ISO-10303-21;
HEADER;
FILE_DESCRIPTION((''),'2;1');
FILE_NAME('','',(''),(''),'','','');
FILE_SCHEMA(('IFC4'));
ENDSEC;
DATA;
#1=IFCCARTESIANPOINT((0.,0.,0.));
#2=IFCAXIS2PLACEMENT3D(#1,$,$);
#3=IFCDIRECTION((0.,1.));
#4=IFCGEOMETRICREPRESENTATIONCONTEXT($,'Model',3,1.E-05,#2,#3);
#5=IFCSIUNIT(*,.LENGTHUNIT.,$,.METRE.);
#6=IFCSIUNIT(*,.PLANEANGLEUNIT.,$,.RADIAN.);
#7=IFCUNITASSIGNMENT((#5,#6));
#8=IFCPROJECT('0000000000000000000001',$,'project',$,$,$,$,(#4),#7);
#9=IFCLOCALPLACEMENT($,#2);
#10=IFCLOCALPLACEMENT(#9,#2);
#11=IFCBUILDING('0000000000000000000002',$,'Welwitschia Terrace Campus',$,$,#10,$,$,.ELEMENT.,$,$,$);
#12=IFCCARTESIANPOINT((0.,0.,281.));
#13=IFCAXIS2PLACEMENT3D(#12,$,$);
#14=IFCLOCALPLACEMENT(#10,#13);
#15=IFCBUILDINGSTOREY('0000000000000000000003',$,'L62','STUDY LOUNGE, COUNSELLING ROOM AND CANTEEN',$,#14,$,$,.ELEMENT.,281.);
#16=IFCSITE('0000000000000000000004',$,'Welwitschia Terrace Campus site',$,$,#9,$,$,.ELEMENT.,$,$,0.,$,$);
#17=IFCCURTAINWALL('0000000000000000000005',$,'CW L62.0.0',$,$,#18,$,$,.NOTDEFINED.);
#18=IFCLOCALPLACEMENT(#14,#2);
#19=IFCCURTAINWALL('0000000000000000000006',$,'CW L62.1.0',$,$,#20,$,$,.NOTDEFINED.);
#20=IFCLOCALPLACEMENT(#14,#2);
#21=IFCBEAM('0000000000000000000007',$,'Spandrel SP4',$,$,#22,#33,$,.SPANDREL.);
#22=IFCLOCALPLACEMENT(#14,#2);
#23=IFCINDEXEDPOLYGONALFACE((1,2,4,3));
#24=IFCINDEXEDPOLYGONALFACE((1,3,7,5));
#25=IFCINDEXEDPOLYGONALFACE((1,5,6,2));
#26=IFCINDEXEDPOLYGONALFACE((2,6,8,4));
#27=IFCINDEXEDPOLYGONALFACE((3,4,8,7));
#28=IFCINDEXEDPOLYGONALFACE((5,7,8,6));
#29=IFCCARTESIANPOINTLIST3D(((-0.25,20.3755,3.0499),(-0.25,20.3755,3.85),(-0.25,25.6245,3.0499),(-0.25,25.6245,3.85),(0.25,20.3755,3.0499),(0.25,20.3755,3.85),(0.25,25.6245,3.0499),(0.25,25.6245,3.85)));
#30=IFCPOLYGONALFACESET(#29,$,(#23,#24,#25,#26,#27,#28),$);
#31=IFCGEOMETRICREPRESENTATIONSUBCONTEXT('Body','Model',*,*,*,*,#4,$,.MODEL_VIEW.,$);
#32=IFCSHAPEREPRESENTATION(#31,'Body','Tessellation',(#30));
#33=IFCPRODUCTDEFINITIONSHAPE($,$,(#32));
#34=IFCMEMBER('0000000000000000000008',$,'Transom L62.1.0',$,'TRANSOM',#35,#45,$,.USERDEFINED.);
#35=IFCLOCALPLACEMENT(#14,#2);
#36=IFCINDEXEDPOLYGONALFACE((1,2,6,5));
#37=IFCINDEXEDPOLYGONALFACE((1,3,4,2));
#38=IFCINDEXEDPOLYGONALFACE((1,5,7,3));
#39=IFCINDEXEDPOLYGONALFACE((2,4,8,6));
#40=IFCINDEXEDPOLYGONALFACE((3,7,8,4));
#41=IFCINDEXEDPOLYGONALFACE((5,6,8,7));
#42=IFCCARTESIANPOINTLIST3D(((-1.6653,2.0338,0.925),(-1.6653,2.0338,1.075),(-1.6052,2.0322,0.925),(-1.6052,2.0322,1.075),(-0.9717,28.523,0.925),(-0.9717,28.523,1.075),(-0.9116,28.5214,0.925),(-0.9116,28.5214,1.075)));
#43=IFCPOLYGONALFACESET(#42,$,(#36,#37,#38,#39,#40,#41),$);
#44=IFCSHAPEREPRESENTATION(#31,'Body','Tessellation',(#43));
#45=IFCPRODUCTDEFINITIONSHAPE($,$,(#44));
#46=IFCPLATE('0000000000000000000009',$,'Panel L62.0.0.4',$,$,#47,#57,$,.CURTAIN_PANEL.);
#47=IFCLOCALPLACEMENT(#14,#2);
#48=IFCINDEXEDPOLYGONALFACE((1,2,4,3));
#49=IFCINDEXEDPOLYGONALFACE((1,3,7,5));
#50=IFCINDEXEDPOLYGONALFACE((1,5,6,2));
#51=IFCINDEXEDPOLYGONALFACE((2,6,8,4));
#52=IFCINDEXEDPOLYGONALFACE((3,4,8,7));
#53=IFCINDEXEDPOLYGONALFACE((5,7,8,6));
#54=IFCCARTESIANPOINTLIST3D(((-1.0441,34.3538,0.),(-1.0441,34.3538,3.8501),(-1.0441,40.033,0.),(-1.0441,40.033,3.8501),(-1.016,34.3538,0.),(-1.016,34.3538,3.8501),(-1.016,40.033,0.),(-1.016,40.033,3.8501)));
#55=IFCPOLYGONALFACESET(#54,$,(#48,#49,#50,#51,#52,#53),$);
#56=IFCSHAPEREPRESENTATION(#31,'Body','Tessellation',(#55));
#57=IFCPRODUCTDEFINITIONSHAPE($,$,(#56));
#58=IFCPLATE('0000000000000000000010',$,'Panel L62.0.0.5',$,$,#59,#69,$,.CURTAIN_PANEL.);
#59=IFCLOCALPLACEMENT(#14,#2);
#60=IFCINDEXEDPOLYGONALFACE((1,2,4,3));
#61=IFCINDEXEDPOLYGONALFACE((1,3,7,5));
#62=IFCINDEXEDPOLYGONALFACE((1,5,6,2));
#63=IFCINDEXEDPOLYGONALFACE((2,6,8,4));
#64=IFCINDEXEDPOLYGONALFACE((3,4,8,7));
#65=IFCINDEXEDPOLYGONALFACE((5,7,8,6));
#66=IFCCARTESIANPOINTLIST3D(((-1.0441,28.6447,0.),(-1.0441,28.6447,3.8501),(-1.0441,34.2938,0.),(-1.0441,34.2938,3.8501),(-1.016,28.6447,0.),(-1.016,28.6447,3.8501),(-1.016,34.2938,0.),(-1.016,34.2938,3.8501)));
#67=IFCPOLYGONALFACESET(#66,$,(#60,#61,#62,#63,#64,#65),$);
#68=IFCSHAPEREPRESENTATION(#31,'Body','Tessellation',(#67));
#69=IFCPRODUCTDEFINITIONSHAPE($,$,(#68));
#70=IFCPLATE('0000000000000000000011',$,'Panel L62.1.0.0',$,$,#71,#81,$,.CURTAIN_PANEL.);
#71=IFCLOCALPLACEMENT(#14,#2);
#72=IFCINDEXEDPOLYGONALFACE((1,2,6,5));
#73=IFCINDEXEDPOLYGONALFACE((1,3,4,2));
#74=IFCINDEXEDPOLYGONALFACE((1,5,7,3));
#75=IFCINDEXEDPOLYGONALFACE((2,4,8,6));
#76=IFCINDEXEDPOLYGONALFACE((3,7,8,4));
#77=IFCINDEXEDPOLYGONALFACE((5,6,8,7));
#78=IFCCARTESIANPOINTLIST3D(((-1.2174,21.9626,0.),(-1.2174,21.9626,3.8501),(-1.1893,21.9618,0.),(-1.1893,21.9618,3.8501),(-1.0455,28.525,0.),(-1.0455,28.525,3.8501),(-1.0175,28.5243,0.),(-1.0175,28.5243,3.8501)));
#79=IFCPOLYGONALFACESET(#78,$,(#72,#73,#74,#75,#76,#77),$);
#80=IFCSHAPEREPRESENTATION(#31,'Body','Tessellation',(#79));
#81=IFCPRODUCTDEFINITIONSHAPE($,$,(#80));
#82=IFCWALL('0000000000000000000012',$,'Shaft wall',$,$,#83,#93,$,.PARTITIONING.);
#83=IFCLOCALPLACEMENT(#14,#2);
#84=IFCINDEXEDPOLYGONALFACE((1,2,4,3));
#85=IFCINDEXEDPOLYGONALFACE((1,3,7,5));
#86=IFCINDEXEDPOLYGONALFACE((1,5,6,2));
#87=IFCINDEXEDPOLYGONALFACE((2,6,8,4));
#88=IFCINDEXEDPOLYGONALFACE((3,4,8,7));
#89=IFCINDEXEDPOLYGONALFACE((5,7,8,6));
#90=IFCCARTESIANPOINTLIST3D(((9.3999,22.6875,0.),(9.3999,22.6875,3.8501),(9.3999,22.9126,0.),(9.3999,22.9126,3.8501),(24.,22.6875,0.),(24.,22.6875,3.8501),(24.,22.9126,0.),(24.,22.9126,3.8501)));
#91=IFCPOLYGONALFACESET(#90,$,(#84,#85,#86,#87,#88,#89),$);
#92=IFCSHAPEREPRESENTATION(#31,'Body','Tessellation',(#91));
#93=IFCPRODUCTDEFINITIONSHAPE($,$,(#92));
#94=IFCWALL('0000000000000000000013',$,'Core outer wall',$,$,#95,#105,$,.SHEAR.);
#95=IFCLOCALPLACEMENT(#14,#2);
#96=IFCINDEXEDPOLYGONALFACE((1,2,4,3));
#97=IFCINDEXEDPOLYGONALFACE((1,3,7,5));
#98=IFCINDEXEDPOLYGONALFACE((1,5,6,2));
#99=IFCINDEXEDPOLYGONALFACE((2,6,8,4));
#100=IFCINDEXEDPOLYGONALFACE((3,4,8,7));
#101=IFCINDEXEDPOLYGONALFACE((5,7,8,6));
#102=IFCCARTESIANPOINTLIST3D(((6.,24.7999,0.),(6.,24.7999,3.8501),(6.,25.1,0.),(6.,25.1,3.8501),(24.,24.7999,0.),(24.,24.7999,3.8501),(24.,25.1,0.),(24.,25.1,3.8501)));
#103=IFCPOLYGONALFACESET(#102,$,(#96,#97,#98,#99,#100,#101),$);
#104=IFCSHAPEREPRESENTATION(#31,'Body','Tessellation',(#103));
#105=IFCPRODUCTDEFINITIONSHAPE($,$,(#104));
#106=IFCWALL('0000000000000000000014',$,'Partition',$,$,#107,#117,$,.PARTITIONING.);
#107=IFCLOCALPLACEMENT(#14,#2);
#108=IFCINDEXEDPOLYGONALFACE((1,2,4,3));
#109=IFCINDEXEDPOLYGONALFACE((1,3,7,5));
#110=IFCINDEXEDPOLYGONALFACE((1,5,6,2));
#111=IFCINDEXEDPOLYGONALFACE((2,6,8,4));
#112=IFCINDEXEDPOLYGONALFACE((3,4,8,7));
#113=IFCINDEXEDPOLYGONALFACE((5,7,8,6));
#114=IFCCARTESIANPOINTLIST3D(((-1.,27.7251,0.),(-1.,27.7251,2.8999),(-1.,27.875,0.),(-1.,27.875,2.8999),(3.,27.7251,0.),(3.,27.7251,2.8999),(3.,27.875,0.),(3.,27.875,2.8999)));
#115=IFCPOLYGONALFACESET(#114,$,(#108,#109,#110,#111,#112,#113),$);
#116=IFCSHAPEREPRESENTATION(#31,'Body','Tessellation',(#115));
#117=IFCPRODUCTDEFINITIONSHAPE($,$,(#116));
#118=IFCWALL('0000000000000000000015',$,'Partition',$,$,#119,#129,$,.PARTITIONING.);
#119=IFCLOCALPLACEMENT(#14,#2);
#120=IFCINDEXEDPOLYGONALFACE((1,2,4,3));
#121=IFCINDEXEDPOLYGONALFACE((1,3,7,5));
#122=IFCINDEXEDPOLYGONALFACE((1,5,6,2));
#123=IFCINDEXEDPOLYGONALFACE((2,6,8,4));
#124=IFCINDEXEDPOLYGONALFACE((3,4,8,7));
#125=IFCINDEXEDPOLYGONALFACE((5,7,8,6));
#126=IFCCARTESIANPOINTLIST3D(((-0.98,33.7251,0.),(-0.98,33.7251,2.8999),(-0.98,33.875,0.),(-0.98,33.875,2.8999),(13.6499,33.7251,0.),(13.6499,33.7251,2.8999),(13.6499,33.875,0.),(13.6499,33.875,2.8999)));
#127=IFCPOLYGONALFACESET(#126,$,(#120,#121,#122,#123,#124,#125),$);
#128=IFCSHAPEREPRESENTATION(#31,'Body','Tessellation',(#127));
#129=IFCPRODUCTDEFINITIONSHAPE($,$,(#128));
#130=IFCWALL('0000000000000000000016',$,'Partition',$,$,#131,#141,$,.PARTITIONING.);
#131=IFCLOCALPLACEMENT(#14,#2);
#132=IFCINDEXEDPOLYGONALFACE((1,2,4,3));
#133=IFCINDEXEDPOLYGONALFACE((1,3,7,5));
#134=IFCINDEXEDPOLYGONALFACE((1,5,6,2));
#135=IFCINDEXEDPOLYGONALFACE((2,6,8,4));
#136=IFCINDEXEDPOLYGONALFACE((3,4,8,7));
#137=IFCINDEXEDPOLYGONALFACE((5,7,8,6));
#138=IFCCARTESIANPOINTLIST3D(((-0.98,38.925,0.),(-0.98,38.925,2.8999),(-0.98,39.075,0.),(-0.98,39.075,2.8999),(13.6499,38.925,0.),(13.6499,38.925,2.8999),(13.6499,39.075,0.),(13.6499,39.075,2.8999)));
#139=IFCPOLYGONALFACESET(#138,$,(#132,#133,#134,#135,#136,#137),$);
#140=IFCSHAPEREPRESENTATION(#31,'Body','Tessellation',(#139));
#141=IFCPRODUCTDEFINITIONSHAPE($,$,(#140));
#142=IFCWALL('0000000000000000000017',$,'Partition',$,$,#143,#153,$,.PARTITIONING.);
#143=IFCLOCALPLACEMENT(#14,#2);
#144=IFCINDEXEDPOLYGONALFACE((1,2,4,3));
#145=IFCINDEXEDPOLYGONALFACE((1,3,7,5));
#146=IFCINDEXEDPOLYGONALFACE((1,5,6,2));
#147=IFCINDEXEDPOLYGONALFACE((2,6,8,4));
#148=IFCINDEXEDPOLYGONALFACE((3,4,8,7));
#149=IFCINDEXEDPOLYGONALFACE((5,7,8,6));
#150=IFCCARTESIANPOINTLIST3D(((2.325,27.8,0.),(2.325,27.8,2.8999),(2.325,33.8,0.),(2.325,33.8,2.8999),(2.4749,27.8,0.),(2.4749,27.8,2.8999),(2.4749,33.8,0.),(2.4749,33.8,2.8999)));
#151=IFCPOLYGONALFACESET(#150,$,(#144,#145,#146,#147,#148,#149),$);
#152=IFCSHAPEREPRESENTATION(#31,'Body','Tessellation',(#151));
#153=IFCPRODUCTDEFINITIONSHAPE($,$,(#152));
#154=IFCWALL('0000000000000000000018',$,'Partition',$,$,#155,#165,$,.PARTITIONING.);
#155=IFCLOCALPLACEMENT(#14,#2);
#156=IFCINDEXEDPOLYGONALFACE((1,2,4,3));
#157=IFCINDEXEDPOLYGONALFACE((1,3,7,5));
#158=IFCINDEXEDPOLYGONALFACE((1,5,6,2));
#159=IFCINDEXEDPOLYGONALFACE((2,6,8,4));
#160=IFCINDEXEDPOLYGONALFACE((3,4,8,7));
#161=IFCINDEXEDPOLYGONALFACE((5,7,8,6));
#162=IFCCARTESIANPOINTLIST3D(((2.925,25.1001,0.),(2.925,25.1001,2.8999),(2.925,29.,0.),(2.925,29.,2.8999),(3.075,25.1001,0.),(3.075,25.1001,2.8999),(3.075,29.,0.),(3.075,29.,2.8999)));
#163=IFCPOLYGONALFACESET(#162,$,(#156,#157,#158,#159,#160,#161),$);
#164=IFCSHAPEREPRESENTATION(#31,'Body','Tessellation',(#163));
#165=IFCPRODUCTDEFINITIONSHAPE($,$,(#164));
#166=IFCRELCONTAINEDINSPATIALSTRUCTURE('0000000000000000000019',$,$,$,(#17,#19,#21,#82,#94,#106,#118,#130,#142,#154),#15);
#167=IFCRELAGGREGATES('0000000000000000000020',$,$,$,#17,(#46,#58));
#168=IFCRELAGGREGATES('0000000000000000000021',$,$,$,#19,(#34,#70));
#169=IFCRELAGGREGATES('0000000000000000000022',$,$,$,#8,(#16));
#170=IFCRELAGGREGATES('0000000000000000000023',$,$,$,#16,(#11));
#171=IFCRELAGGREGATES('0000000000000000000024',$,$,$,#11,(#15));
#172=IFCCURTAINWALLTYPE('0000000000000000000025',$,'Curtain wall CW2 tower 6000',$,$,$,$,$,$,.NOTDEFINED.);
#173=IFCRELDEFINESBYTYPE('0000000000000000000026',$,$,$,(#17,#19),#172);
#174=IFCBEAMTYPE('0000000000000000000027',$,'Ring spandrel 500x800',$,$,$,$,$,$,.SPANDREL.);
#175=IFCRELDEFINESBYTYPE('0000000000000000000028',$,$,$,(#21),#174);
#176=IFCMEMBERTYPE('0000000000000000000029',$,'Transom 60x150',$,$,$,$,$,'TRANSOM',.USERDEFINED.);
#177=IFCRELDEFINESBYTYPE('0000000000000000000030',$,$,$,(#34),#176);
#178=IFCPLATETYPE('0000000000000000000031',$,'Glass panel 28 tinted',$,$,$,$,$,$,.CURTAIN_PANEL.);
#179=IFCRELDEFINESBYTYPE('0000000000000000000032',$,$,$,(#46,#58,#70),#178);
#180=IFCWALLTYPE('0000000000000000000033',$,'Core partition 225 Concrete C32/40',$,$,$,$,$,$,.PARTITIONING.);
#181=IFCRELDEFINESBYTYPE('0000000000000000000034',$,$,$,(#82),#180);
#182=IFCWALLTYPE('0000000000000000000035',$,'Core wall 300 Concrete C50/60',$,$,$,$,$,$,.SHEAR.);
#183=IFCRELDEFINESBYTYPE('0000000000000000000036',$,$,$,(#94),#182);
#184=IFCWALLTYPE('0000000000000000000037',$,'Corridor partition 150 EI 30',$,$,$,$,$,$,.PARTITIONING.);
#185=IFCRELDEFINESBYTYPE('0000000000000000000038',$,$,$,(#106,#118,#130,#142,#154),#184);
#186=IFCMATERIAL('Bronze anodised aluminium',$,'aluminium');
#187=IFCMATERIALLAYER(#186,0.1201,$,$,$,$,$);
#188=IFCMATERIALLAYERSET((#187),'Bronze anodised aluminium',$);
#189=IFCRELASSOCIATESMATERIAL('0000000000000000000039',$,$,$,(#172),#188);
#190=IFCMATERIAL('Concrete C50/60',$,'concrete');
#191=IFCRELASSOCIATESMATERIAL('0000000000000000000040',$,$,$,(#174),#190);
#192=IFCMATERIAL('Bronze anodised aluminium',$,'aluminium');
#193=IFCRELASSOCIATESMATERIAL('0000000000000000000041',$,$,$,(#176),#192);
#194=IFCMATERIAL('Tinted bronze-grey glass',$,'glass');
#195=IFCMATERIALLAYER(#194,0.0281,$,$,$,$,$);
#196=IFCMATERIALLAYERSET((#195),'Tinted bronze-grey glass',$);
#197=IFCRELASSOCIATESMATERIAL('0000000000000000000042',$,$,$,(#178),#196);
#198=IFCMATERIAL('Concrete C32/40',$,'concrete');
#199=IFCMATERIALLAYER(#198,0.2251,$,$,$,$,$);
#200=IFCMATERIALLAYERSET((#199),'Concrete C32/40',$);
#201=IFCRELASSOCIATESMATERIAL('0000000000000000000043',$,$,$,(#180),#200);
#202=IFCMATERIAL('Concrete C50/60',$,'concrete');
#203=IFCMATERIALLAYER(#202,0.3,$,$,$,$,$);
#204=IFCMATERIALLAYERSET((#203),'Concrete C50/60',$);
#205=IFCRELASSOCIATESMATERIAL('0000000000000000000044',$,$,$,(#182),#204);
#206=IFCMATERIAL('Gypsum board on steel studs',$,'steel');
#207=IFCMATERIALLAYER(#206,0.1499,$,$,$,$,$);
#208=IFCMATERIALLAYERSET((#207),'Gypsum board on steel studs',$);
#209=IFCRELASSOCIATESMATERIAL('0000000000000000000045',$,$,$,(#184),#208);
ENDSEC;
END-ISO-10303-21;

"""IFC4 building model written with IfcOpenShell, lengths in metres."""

from ifc_helpers import new_model, si_unit, direction, frame, frame_2d, origin, origin_2d, place, context, subcontext, project, spatial, rectangle, extrude, material, layer, layer_set, material_profile, profile_set, type_object, element, aggregate, save


model = new_model("IFC4")

# Units and contexts
model_context = context("Model", 3, precision=1e-05, world=origin(), true_north=direction((0.0, 1.0)))
body_context = subcontext(model_context, "Body", "Model", "MODEL_VIEW")
ifc_project = project(units=[si_unit("LENGTHUNIT", "METRE"), si_unit("PLANEANGLEUNIT", "RADIAN")], contexts=[model_context])

# Site, building, storey
site_placement = place(None, origin())
site = spatial("IfcSite", under=ifc_project, at=site_placement, Name="Welwitschia Terrace Campus site", CompositionType="ELEMENT", RefElevation=0.0)
building_placement = place(site_placement, origin())
building = spatial("IfcBuilding", under=site, at=building_placement, Name="Welwitschia Terrace Campus", CompositionType="ELEMENT")
storey_placement = place(building_placement, frame((0.0, 0.0, 281.0)))
storey = spatial("IfcBuildingStorey", under=building, at=storey_placement, Name="L62", Description="STUDY LOUNGE, COUNSELLING ROOM AND CANTEEN", CompositionType="ELEMENT", Elevation=281.0)

# Curtain walls
ifc_material_1 = material(Name="Bronze anodised aluminium", Category="aluminium")
ifc_layer_1 = layer(ifc_material_1, 0.1201)
ifc_layer_set_1 = layer_set([ifc_layer_1], Name="Bronze anodised aluminium")
curtain_wall_type = type_object("IfcCurtainWallType", Name="Curtain wall CW2 tower 6000", PredefinedType="NOTDEFINED", material=ifc_layer_set_1)
curtain_wall_1_placement = place(storey_placement, origin())
curtain_wall_1 = element("IfcCurtainWall", 1, at=curtain_wall_1_placement, inside=storey, type_object=curtain_wall_type, Name="CW L62.0.0", PredefinedType="NOTDEFINED")
curtain_wall_2_placement = place(storey_placement, origin())
curtain_wall_2 = element("IfcCurtainWall", 2, at=curtain_wall_2_placement, inside=storey, type_object=curtain_wall_type, Name="CW L62.1.0", PredefinedType="NOTDEFINED")

# Beam
ifc_material_2 = material(Name="Concrete C50/60", Category="concrete")
ifc_material_profile_1 = material_profile(ifc_material_2, rectangle(XDim=0.5, YDim=0.8, at=origin_2d()))
ifc_profile_set_1 = profile_set([ifc_material_profile_1], Name="Concrete C50/60")
beam_type_1 = type_object("IfcBeamType", Name="Ring spandrel 500x800", PredefinedType="SPANDREL", material=ifc_profile_set_1)
for number, where, z_axis, x_axis, name in (
    (3, (0.0, 25.6245, 3.45), (0.0, -1.0, 0.0), (1.0, 0.0, 0.0), "Spandrel SP4"),
):
    element("IfcBeam", number, at=place(storey_placement, frame(where, z_axis=z_axis, x_axis=x_axis)), inside=storey, type_object=beam_type_1, Name=name, PredefinedType="SPANDREL", context=body_context, shape_type="SweptSolid", body=[
        extrude(rectangle(XDim=0.5, YDim=0.8, at=origin_2d()), origin(), (0.0, 0.0, 1.0), 5.249),
    ])

# Member
ifc_material_3 = material(Name="Bronze anodised aluminium", Category="aluminium")
ifc_material_profile_2 = material_profile(ifc_material_3, rectangle(XDim=0.0601, YDim=0.1499, at=origin_2d()))
ifc_profile_set_2 = profile_set([ifc_material_profile_2], Name="Bronze anodised aluminium")
member_type_1 = type_object("IfcMemberType", Name="Transom 60x150", ElementType="TRANSOM", PredefinedType="USERDEFINED", material=ifc_profile_set_2)
member_1_placement = place(storey_placement, frame((-0.9417, 28.5222, 1.0), z_axis=(-0.026175, -0.999657, 0.0), x_axis=(0.999657, -0.026175, 0.0)))
member_1 = element("IfcMember", 4, at=member_1_placement, type_object=member_type_1, Name="Transom L62.1.0", ObjectType="TRANSOM", PredefinedType="USERDEFINED", context=body_context, shape_type="SweptSolid", body=[
    extrude(rectangle(XDim=0.0601, YDim=0.1499, at=origin_2d()), origin(), (0.0, 0.0, 1.0), 26.4983),
])

# Plates
ifc_material_4 = material(Name="Tinted bronze-grey glass", Category="glass")
ifc_layer_2 = layer(ifc_material_4, 0.0281)
ifc_layer_set_2 = layer_set([ifc_layer_2], Name="Tinted bronze-grey glass")
plate_type = type_object("IfcPlateType", Name="Glass panel 28 tinted", PredefinedType="CURTAIN_PANEL", material=ifc_layer_set_2)
plate_1_placement = place(storey_placement, frame((-1.03, 37.1934, 0.0), z_axis=(0.0, 0.0, 1.0), x_axis=(0.0, -1.0, 0.0)))
plate_1 = element("IfcPlate", 5, at=plate_1_placement, type_object=plate_type, Name="Panel L62.0.0.4", PredefinedType="CURTAIN_PANEL", context=body_context, shape_type="SweptSolid", body=[
    extrude(rectangle(XDim=5.6792, YDim=0.0281, at=origin_2d()), origin(), (0.0, 0.0, 1.0), 3.8501),
])
plate_2_placement = place(storey_placement, frame((-1.03, 31.4692, 0.0), z_axis=(0.0, 0.0, 1.0), x_axis=(0.0, -1.0, 0.0)))
plate_2 = element("IfcPlate", 6, at=plate_2_placement, type_object=plate_type, Name="Panel L62.0.0.5", PredefinedType="CURTAIN_PANEL", context=body_context, shape_type="SweptSolid", body=[
    extrude(rectangle(XDim=5.6492, YDim=0.0281, at=origin_2d()), origin(), (0.0, 0.0, 1.0), 3.8501),
])
aggregate(curtain_wall_1, [plate_1, plate_2])
plate_3_placement = place(storey_placement, frame((-1.1174, 25.2434, 0.0), z_axis=(0.0, 0.0, 1.0), x_axis=(-0.026177, -0.999657, 0.0)))
plate_3 = element("IfcPlate", 7, at=plate_3_placement, type_object=plate_type, Name="Panel L62.1.0.0", PredefinedType="CURTAIN_PANEL", context=body_context, shape_type="SweptSolid", body=[
    extrude(rectangle(XDim=6.5647, YDim=0.0281, at=origin_2d()), origin(), (0.0, 0.0, 1.0), 3.8501),
])
aggregate(curtain_wall_2, [member_1, plate_3])

# Walls
ifc_material_5 = material(Name="Concrete C32/40", Category="concrete")
ifc_layer_3 = layer(ifc_material_5, 0.2251)
ifc_layer_set_3 = layer_set([ifc_layer_3], Name="Concrete C32/40")
wall_type_1 = type_object("IfcWallType", Name="Core partition 225 Concrete C32/40", PredefinedType="PARTITIONING", material=ifc_layer_set_3)
wall_1_placement = place(storey_placement, frame((9.3999, 22.8, 0.0), z_axis=(0.0, 0.0, 1.0), x_axis=(1.0, 0.0, 0.0)))
element("IfcWall", 8, at=wall_1_placement, inside=storey, type_object=wall_type_1, Name="Shaft wall", PredefinedType="PARTITIONING", context=body_context, shape_type="SweptSolid", body=[
    extrude(rectangle(XDim=14.6001, YDim=0.2251, at=frame_2d((7.3, 0.0))), origin(), (0.0, 0.0, 1.0), 3.8501),
])
ifc_material_6 = material(Name="Concrete C50/60", Category="concrete")
ifc_layer_4 = layer(ifc_material_6, 0.3)
ifc_layer_set_4 = layer_set([ifc_layer_4], Name="Concrete C50/60")
wall_type_2 = type_object("IfcWallType", Name="Core wall 300 Concrete C50/60", PredefinedType="SHEAR", material=ifc_layer_set_4)
wall_2_placement = place(storey_placement, frame((6.0, 24.95, 0.0), z_axis=(0.0, 0.0, 1.0), x_axis=(1.0, 0.0, 0.0)))
element("IfcWall", 9, at=wall_2_placement, inside=storey, type_object=wall_type_2, Name="Core outer wall", PredefinedType="SHEAR", context=body_context, shape_type="SweptSolid", body=[
    extrude(rectangle(XDim=18.0, YDim=0.3, at=frame_2d((9.0, 0.0))), origin(), (0.0, 0.0, 1.0), 3.8501),
])
ifc_material_7 = material(Name="Gypsum board on steel studs", Category="steel")
ifc_layer_5 = layer(ifc_material_7, 0.1499)
ifc_layer_set_5 = layer_set([ifc_layer_5], Name="Gypsum board on steel studs")
wall_type_3 = type_object("IfcWallType", Name="Corridor partition 150 EI 30", PredefinedType="PARTITIONING", material=ifc_layer_set_5)
wall_3_placement = place(storey_placement, frame((-1.0, 27.8, 0.0), z_axis=(0.0, 0.0, 1.0), x_axis=(1.0, 0.0, 0.0)))
element("IfcWall", 10, at=wall_3_placement, inside=storey, type_object=wall_type_3, Name="Partition", PredefinedType="PARTITIONING", context=body_context, shape_type="SweptSolid", body=[
    extrude(rectangle(XDim=4.0, YDim=0.1499, at=frame_2d((2.0, 0.0))), origin(), (0.0, 0.0, 1.0), 2.8999),
])
for number, where, z_axis, x_axis, name in (
    (11, (-0.98, 33.8, 0.0), (0.0, 0.0, 1.0), (1.0, 0.0, 0.0), "Partition"),
    (12, (-0.98, 39.0, 0.0), (0.0, 0.0, 1.0), (1.0, 0.0, 0.0), "Partition"),
):
    element("IfcWall", number, at=place(storey_placement, frame(where, z_axis=z_axis, x_axis=x_axis)), inside=storey, type_object=wall_type_3, Name=name, PredefinedType="PARTITIONING", context=body_context, shape_type="SweptSolid", body=[
        extrude(rectangle(XDim=14.6299, YDim=0.1499, at=frame_2d((7.3149, 0.0))), origin(), (0.0, 0.0, 1.0), 2.8999),
    ])
wall_4_placement = place(storey_placement, frame((2.3999, 27.8, 0.0), z_axis=(0.0, 0.0, 1.0), x_axis=(0.0, 1.0, 0.0)))
element("IfcWall", 13, at=wall_4_placement, inside=storey, type_object=wall_type_3, Name="Partition", PredefinedType="PARTITIONING", context=body_context, shape_type="SweptSolid", body=[
    extrude(rectangle(XDim=6.0, YDim=0.1499, at=frame_2d((3.0, 0.0))), origin(), (0.0, 0.0, 1.0), 2.8999),
])
wall_5_placement = place(storey_placement, frame((3.0, 25.1001, 0.0), z_axis=(0.0, 0.0, 1.0), x_axis=(0.0, 1.0, 0.0)))
element("IfcWall", 14, at=wall_5_placement, inside=storey, type_object=wall_type_3, Name="Partition", PredefinedType="PARTITIONING", context=body_context, shape_type="SweptSolid", body=[
    extrude(rectangle(XDim=3.8999, YDim=0.1499, at=frame_2d((1.95, 0.0))), origin(), (0.0, 0.0, 1.0), 2.8999),
])

save(model, "model.ifc")
